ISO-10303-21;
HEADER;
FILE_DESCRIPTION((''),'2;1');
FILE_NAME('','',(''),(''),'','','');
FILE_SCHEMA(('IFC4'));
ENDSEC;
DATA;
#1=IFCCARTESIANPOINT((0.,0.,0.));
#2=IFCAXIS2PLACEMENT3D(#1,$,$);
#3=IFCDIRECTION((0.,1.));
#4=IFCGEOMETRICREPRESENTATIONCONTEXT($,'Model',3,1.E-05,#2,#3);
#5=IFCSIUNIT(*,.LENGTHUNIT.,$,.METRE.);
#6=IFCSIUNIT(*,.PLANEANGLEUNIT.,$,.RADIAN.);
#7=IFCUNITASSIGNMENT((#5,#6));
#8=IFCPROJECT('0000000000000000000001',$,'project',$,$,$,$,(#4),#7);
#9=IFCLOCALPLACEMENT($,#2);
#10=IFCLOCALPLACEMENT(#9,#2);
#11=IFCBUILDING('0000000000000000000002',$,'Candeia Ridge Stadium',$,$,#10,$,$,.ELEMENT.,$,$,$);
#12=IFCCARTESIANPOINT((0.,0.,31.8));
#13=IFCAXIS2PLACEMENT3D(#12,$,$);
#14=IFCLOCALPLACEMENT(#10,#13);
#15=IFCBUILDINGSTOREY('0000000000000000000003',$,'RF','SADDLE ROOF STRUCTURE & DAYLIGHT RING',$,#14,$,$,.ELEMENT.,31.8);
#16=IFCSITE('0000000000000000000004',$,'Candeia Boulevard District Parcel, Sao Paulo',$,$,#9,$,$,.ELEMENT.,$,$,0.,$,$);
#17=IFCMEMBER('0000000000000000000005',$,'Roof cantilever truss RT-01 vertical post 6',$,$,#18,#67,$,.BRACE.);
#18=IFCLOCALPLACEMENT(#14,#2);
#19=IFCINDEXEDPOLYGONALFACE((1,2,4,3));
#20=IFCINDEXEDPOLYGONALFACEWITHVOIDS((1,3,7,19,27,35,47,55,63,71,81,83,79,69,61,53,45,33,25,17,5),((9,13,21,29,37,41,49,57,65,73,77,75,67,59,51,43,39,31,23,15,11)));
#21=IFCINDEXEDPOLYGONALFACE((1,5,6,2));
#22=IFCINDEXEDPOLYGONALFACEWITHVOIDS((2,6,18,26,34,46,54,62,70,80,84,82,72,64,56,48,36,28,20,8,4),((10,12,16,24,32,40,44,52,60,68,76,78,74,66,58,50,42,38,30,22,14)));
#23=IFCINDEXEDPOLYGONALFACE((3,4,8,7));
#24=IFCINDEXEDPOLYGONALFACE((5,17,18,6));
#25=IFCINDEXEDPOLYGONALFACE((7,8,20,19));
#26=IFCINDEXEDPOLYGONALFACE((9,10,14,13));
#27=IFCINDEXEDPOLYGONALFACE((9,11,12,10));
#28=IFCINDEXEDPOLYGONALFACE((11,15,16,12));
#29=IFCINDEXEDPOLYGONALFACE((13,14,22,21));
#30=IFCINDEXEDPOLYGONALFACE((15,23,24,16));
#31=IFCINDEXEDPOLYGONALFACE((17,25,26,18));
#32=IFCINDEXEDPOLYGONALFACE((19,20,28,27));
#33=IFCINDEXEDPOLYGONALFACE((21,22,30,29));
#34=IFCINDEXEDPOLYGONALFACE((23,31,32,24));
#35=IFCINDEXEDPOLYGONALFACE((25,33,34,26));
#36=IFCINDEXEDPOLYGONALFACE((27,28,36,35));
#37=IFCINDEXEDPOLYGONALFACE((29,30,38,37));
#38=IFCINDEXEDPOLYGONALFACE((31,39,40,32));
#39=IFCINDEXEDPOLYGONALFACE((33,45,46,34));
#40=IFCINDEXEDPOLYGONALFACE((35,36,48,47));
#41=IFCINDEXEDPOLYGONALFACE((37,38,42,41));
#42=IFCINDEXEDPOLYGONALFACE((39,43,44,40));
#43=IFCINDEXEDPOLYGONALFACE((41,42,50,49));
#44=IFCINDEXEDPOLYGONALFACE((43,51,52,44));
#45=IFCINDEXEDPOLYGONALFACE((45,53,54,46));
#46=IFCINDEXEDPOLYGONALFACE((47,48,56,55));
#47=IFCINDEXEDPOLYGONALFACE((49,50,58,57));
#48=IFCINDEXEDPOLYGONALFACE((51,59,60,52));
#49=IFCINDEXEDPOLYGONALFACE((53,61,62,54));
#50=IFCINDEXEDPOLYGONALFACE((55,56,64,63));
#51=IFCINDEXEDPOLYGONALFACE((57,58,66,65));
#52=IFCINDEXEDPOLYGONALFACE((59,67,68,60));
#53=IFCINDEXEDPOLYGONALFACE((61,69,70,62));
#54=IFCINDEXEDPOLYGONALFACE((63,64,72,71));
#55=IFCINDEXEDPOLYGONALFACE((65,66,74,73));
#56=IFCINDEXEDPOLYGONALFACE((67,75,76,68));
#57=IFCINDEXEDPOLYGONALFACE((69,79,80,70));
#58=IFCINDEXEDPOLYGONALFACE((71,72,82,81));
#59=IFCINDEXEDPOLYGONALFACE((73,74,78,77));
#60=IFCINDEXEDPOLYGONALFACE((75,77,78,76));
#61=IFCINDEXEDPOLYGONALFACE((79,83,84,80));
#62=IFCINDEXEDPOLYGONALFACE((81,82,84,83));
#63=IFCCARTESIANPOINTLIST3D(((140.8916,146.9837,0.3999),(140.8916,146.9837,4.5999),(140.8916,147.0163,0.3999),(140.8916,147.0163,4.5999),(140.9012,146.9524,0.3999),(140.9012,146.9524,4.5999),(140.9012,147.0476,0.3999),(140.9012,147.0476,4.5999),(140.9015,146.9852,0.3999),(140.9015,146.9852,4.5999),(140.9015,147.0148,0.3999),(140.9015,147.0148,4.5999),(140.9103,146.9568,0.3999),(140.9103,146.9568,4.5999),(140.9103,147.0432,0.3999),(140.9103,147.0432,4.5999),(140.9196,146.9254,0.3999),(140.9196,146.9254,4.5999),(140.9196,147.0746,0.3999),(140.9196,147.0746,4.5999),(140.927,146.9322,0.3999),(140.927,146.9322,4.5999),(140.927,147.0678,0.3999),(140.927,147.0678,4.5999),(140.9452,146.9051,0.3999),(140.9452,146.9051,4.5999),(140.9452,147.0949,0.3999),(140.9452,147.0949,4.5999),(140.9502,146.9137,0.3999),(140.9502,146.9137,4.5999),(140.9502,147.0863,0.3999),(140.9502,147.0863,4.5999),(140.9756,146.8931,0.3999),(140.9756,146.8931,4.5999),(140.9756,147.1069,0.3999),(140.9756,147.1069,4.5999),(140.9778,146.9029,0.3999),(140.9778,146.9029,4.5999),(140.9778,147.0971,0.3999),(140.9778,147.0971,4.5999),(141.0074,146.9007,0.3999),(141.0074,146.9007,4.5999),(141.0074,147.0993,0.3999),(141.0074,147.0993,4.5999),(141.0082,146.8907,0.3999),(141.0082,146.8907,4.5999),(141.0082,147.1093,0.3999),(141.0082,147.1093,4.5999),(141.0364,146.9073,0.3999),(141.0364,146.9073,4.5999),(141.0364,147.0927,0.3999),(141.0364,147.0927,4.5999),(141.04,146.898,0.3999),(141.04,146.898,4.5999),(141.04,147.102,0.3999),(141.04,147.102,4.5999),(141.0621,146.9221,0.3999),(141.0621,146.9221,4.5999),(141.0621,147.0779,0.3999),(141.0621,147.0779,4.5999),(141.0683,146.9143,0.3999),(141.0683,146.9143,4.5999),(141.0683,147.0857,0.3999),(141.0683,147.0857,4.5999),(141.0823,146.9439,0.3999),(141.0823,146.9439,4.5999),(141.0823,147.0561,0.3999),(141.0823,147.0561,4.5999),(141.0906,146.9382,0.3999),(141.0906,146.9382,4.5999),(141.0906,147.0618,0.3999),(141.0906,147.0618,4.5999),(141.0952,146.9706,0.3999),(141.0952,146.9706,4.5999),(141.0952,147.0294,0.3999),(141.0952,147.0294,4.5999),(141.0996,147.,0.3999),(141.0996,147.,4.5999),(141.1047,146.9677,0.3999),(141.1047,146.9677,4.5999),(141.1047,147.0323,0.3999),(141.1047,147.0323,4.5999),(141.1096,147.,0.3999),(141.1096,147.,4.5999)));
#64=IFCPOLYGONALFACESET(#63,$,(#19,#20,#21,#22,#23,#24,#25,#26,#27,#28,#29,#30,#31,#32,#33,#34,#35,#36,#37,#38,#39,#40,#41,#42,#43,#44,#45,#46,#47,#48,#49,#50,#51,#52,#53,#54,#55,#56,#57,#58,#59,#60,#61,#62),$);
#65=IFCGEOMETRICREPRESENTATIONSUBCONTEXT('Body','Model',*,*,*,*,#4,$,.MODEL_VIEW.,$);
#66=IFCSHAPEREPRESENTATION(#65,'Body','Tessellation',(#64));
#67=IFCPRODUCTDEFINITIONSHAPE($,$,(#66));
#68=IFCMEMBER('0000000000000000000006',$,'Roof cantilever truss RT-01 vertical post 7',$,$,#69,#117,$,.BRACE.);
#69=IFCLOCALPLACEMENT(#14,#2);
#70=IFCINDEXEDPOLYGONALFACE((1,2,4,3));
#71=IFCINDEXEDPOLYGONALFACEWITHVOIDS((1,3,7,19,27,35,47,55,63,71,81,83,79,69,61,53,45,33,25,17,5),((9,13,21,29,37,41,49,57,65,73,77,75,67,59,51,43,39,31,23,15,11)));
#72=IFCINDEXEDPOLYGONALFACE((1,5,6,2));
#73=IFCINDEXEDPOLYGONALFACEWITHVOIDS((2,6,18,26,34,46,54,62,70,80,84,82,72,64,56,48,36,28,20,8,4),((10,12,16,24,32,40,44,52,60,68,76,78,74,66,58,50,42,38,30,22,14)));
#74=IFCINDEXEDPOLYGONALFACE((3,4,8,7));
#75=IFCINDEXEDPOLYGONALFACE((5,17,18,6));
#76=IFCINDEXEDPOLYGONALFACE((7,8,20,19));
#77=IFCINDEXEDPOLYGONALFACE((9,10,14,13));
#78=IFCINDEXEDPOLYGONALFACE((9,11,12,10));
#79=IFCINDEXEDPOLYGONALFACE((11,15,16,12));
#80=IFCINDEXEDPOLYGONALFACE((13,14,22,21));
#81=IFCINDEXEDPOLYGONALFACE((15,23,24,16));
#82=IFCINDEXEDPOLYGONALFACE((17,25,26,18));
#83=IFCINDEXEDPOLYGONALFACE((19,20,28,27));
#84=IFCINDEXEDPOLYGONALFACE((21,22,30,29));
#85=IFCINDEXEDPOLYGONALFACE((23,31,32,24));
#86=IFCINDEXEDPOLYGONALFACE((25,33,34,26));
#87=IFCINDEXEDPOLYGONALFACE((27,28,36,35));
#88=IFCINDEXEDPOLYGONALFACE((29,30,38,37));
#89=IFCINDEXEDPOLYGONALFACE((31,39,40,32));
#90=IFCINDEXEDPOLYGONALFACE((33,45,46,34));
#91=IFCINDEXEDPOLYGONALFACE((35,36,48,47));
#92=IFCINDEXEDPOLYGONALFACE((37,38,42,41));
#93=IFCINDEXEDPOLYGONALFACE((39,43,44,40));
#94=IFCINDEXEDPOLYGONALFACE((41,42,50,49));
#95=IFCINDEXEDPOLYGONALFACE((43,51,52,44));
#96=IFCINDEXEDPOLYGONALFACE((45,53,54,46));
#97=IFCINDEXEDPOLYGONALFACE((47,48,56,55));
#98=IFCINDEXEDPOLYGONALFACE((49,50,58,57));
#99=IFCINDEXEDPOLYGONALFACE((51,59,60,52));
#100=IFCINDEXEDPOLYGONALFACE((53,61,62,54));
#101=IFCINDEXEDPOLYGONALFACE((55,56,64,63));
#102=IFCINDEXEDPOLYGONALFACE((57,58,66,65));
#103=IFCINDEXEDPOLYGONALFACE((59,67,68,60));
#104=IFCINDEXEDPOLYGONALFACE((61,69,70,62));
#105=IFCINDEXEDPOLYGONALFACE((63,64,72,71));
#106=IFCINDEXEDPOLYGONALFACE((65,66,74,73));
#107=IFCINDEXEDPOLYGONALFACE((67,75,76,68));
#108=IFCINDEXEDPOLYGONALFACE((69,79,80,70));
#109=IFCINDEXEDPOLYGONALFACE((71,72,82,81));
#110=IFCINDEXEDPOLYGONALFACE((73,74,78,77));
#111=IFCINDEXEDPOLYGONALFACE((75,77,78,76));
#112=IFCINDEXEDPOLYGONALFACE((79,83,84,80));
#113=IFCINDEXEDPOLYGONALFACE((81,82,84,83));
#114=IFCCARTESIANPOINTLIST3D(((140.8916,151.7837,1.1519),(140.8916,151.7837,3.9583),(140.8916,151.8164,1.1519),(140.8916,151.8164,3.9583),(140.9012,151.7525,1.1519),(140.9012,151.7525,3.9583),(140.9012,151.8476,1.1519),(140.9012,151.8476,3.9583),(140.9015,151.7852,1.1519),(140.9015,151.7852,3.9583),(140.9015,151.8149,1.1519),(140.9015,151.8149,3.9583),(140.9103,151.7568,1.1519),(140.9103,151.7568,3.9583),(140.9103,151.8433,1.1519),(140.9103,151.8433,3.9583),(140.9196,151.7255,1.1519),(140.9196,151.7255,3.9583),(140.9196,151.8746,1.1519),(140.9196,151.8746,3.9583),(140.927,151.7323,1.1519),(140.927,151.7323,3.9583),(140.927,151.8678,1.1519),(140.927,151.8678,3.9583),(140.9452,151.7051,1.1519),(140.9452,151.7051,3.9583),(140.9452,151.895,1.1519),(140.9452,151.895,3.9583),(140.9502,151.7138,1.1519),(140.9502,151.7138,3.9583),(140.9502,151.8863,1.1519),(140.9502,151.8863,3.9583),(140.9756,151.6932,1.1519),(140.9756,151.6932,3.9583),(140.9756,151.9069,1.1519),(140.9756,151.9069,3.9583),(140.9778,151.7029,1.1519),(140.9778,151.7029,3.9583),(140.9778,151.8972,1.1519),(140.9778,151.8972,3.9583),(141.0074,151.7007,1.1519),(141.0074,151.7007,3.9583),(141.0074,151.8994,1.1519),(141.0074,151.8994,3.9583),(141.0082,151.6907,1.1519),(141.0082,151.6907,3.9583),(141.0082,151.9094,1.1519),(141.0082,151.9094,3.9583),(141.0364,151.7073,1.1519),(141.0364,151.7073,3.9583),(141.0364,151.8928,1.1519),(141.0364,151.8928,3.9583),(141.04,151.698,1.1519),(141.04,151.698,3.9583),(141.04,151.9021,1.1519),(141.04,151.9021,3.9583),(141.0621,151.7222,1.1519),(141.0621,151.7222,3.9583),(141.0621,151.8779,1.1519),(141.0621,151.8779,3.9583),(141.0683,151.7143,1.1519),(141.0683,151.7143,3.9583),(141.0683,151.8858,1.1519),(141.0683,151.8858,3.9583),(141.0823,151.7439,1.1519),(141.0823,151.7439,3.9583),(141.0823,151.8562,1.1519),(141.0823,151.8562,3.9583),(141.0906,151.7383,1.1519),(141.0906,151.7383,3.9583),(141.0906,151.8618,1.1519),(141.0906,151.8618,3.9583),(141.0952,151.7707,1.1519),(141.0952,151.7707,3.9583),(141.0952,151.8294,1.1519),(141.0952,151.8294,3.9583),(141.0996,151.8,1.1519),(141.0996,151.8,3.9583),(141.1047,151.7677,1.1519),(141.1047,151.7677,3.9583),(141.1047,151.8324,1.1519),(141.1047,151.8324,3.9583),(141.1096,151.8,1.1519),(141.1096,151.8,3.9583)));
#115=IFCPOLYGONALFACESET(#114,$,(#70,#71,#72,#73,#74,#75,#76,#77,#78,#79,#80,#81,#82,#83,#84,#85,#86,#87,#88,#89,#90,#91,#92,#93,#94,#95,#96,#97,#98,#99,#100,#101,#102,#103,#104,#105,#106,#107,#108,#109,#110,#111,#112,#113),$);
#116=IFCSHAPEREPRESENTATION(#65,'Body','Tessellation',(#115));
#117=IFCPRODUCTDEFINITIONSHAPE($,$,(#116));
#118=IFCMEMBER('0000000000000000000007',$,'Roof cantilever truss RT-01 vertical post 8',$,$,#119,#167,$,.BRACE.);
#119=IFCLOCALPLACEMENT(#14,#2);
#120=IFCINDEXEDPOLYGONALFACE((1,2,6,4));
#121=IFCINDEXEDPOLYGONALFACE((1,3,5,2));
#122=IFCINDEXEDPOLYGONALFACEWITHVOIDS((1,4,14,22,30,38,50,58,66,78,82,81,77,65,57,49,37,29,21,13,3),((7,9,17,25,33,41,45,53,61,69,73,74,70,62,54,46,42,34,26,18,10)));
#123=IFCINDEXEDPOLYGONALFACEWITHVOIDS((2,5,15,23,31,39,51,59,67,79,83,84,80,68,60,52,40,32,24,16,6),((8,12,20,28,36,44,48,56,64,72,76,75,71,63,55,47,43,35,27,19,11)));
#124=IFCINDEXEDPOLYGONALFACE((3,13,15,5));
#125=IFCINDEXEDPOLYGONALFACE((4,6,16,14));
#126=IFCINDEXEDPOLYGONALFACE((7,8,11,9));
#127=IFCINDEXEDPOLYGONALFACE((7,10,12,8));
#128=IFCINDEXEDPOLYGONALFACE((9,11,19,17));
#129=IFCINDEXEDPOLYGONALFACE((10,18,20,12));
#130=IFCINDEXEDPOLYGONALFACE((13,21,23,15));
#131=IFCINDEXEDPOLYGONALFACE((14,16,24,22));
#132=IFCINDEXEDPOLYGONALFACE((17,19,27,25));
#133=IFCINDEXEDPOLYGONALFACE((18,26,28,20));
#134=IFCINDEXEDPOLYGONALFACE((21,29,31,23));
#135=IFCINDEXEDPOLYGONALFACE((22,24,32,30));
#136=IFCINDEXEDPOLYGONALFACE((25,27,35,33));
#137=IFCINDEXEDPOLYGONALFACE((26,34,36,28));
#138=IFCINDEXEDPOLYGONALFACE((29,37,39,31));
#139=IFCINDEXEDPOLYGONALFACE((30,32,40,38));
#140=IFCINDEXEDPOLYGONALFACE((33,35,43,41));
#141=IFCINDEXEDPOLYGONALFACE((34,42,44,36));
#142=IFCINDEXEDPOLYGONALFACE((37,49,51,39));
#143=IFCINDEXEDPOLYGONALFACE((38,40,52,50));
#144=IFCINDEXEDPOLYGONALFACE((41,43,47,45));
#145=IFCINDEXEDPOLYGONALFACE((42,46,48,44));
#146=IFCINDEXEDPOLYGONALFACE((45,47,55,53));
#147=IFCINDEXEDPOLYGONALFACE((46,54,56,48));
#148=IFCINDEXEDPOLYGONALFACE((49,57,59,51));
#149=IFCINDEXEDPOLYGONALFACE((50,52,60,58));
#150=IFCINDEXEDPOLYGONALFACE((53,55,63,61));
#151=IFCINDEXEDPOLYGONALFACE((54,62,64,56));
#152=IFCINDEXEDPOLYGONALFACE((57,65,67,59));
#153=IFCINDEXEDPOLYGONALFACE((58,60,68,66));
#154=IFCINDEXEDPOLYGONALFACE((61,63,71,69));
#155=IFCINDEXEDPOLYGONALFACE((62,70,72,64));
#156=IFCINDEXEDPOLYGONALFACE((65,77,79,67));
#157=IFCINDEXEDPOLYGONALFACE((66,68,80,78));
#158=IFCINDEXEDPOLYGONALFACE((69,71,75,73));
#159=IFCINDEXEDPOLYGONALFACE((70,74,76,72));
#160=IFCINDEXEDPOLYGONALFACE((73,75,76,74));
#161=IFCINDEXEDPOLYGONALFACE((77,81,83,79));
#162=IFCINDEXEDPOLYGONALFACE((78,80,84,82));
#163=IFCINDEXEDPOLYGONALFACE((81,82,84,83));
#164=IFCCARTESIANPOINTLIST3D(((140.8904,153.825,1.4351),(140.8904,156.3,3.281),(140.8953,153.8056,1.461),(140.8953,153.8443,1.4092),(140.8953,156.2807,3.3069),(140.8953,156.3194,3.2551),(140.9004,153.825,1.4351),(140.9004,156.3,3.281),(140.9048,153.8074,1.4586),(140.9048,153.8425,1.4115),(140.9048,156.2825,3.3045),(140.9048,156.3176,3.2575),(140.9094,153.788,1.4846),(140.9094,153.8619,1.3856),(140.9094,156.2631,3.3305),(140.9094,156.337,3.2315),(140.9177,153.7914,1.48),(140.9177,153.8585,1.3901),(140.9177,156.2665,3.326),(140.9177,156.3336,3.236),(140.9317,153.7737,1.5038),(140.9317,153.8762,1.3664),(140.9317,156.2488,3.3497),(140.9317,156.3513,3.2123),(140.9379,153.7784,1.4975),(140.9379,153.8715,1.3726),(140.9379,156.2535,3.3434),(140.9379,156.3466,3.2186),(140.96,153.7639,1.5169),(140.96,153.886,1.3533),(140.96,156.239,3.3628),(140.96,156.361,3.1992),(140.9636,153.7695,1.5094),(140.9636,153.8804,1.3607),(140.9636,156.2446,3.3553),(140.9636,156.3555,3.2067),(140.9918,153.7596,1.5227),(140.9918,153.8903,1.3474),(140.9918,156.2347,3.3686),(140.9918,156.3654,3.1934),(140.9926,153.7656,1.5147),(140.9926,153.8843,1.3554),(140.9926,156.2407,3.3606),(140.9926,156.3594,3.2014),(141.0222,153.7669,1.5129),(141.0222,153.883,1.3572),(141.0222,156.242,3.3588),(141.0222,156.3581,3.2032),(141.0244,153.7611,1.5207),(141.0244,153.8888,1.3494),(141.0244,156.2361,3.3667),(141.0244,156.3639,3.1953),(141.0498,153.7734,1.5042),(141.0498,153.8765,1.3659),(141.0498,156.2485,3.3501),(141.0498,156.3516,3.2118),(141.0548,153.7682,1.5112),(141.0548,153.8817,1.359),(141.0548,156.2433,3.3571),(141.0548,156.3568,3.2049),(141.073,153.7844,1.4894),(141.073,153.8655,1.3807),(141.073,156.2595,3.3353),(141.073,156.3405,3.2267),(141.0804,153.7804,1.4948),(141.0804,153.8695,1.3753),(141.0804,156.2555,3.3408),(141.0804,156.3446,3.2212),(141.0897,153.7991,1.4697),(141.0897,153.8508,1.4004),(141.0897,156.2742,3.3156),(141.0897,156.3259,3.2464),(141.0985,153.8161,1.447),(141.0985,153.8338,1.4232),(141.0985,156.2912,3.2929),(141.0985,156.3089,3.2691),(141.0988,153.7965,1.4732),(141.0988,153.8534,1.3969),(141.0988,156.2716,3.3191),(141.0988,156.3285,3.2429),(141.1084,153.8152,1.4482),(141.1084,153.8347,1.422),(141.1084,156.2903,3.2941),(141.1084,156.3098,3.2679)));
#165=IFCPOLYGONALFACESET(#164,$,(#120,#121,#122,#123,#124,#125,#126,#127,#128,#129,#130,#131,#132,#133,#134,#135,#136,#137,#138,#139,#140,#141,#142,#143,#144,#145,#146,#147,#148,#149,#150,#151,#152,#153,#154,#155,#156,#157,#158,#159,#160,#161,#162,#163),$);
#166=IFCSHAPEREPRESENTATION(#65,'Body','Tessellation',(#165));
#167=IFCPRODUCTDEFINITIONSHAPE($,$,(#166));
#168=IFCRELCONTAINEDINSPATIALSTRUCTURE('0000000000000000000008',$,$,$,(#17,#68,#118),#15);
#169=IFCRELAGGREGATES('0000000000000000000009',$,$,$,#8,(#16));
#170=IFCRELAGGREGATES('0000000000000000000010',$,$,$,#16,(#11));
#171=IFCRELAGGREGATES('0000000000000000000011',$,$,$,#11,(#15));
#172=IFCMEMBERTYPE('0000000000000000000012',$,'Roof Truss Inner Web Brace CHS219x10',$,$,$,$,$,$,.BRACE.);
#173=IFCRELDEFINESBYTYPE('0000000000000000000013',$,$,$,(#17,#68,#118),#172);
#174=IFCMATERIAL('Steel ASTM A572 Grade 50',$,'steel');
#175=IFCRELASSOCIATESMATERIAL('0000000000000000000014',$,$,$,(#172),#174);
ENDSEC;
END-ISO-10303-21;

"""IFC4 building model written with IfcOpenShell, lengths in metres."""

from ifc_helpers import new_model, si_unit, direction, frame, origin, origin_2d, place, context, subcontext, project, spatial, hollow_circle, extrude, material, material_profile, profile_set, type_object, element, save


model = new_model("IFC4")

# Units and contexts
model_context = context("Model", 3, precision=1e-05, world=origin(), true_north=direction((0.0, 1.0)))
body_context = subcontext(model_context, "Body", "Model", "MODEL_VIEW")
ifc_project = project(units=[si_unit("LENGTHUNIT", "METRE"), si_unit("PLANEANGLEUNIT", "RADIAN")], contexts=[model_context])

# Site, building, storey
site_placement = place(None, origin())
site = spatial("IfcSite", under=ifc_project, at=site_placement, Name="Candeia Boulevard District Parcel, Sao Paulo", CompositionType="ELEMENT", RefElevation=0.0)
building_placement = place(site_placement, origin())
building = spatial("IfcBuilding", under=site, at=building_placement, Name="Candeia Ridge Stadium", CompositionType="ELEMENT")
storey_placement = place(building_placement, frame((0.0, 0.0, 31.8)))
storey = spatial("IfcBuildingStorey", under=building, at=storey_placement, Name="RF", Description="SADDLE ROOF STRUCTURE & DAYLIGHT RING", CompositionType="ELEMENT", Elevation=31.8)

# Shared definitions
ifc_material_1 = material(Name="Steel ASTM A572 Grade 50", Category="steel")

# Members
ifc_material_profile_1 = material_profile(ifc_material_1, hollow_circle(Radius=0.1096, WallThickness=0.01, at=origin_2d()), Name="CHS219x10", Category="steel")
ifc_profile_set_1 = profile_set([ifc_material_profile_1], Name="Steel ASTM A572 Grade 50")
member_type_1 = type_object("IfcMemberType", Name="Roof Truss Inner Web Brace CHS219x10", PredefinedType="BRACE", material=ifc_profile_set_1)
member_1_placement = place(storey_placement, frame((141.0, 147.0, 0.3999), z_axis=(0.0, 0.0, 1.0), x_axis=(1.0, 0.0, 0.0)))
element("IfcMember", 1, at=member_1_placement, inside=storey, type_object=member_type_1, Name="Roof cantilever truss RT-01 vertical post 6", PredefinedType="BRACE", context=body_context, shape_type="SweptSolid", body=[
    extrude(hollow_circle(Radius=0.1096, WallThickness=0.01, at=origin_2d()), origin(), (0.0, 0.0, 1.0), 4.2),
])
member_2_placement = place(storey_placement, frame((141.0, 151.8, 1.1519), z_axis=(0.0, 0.0, 1.0), x_axis=(1.0, 0.0, 0.0)))
element("IfcMember", 2, at=member_2_placement, inside=storey, type_object=member_type_1, Name="Roof cantilever truss RT-01 vertical post 7", PredefinedType="BRACE", context=body_context, shape_type="SweptSolid", body=[
    extrude(hollow_circle(Radius=0.1096, WallThickness=0.01, at=origin_2d()), origin(), (0.0, 0.0, 1.0), 2.8064),
])
member_3_placement = place(storey_placement, frame((141.0, 153.825, 1.4351), z_axis=(0.0, 0.80161, 0.597847), x_axis=(-1.0, 0.0, 0.0)))
element("IfcMember", 3, at=member_3_placement, inside=storey, type_object=member_type_1, Name="Roof cantilever truss RT-01 vertical post 8", PredefinedType="BRACE", context=body_context, shape_type="SweptSolid", body=[
    extrude(hollow_circle(Radius=0.1096, WallThickness=0.01, at=origin_2d()), origin(), (0.0, 0.0, 1.0), 3.0876),
])

save(model, "model.ifc")
